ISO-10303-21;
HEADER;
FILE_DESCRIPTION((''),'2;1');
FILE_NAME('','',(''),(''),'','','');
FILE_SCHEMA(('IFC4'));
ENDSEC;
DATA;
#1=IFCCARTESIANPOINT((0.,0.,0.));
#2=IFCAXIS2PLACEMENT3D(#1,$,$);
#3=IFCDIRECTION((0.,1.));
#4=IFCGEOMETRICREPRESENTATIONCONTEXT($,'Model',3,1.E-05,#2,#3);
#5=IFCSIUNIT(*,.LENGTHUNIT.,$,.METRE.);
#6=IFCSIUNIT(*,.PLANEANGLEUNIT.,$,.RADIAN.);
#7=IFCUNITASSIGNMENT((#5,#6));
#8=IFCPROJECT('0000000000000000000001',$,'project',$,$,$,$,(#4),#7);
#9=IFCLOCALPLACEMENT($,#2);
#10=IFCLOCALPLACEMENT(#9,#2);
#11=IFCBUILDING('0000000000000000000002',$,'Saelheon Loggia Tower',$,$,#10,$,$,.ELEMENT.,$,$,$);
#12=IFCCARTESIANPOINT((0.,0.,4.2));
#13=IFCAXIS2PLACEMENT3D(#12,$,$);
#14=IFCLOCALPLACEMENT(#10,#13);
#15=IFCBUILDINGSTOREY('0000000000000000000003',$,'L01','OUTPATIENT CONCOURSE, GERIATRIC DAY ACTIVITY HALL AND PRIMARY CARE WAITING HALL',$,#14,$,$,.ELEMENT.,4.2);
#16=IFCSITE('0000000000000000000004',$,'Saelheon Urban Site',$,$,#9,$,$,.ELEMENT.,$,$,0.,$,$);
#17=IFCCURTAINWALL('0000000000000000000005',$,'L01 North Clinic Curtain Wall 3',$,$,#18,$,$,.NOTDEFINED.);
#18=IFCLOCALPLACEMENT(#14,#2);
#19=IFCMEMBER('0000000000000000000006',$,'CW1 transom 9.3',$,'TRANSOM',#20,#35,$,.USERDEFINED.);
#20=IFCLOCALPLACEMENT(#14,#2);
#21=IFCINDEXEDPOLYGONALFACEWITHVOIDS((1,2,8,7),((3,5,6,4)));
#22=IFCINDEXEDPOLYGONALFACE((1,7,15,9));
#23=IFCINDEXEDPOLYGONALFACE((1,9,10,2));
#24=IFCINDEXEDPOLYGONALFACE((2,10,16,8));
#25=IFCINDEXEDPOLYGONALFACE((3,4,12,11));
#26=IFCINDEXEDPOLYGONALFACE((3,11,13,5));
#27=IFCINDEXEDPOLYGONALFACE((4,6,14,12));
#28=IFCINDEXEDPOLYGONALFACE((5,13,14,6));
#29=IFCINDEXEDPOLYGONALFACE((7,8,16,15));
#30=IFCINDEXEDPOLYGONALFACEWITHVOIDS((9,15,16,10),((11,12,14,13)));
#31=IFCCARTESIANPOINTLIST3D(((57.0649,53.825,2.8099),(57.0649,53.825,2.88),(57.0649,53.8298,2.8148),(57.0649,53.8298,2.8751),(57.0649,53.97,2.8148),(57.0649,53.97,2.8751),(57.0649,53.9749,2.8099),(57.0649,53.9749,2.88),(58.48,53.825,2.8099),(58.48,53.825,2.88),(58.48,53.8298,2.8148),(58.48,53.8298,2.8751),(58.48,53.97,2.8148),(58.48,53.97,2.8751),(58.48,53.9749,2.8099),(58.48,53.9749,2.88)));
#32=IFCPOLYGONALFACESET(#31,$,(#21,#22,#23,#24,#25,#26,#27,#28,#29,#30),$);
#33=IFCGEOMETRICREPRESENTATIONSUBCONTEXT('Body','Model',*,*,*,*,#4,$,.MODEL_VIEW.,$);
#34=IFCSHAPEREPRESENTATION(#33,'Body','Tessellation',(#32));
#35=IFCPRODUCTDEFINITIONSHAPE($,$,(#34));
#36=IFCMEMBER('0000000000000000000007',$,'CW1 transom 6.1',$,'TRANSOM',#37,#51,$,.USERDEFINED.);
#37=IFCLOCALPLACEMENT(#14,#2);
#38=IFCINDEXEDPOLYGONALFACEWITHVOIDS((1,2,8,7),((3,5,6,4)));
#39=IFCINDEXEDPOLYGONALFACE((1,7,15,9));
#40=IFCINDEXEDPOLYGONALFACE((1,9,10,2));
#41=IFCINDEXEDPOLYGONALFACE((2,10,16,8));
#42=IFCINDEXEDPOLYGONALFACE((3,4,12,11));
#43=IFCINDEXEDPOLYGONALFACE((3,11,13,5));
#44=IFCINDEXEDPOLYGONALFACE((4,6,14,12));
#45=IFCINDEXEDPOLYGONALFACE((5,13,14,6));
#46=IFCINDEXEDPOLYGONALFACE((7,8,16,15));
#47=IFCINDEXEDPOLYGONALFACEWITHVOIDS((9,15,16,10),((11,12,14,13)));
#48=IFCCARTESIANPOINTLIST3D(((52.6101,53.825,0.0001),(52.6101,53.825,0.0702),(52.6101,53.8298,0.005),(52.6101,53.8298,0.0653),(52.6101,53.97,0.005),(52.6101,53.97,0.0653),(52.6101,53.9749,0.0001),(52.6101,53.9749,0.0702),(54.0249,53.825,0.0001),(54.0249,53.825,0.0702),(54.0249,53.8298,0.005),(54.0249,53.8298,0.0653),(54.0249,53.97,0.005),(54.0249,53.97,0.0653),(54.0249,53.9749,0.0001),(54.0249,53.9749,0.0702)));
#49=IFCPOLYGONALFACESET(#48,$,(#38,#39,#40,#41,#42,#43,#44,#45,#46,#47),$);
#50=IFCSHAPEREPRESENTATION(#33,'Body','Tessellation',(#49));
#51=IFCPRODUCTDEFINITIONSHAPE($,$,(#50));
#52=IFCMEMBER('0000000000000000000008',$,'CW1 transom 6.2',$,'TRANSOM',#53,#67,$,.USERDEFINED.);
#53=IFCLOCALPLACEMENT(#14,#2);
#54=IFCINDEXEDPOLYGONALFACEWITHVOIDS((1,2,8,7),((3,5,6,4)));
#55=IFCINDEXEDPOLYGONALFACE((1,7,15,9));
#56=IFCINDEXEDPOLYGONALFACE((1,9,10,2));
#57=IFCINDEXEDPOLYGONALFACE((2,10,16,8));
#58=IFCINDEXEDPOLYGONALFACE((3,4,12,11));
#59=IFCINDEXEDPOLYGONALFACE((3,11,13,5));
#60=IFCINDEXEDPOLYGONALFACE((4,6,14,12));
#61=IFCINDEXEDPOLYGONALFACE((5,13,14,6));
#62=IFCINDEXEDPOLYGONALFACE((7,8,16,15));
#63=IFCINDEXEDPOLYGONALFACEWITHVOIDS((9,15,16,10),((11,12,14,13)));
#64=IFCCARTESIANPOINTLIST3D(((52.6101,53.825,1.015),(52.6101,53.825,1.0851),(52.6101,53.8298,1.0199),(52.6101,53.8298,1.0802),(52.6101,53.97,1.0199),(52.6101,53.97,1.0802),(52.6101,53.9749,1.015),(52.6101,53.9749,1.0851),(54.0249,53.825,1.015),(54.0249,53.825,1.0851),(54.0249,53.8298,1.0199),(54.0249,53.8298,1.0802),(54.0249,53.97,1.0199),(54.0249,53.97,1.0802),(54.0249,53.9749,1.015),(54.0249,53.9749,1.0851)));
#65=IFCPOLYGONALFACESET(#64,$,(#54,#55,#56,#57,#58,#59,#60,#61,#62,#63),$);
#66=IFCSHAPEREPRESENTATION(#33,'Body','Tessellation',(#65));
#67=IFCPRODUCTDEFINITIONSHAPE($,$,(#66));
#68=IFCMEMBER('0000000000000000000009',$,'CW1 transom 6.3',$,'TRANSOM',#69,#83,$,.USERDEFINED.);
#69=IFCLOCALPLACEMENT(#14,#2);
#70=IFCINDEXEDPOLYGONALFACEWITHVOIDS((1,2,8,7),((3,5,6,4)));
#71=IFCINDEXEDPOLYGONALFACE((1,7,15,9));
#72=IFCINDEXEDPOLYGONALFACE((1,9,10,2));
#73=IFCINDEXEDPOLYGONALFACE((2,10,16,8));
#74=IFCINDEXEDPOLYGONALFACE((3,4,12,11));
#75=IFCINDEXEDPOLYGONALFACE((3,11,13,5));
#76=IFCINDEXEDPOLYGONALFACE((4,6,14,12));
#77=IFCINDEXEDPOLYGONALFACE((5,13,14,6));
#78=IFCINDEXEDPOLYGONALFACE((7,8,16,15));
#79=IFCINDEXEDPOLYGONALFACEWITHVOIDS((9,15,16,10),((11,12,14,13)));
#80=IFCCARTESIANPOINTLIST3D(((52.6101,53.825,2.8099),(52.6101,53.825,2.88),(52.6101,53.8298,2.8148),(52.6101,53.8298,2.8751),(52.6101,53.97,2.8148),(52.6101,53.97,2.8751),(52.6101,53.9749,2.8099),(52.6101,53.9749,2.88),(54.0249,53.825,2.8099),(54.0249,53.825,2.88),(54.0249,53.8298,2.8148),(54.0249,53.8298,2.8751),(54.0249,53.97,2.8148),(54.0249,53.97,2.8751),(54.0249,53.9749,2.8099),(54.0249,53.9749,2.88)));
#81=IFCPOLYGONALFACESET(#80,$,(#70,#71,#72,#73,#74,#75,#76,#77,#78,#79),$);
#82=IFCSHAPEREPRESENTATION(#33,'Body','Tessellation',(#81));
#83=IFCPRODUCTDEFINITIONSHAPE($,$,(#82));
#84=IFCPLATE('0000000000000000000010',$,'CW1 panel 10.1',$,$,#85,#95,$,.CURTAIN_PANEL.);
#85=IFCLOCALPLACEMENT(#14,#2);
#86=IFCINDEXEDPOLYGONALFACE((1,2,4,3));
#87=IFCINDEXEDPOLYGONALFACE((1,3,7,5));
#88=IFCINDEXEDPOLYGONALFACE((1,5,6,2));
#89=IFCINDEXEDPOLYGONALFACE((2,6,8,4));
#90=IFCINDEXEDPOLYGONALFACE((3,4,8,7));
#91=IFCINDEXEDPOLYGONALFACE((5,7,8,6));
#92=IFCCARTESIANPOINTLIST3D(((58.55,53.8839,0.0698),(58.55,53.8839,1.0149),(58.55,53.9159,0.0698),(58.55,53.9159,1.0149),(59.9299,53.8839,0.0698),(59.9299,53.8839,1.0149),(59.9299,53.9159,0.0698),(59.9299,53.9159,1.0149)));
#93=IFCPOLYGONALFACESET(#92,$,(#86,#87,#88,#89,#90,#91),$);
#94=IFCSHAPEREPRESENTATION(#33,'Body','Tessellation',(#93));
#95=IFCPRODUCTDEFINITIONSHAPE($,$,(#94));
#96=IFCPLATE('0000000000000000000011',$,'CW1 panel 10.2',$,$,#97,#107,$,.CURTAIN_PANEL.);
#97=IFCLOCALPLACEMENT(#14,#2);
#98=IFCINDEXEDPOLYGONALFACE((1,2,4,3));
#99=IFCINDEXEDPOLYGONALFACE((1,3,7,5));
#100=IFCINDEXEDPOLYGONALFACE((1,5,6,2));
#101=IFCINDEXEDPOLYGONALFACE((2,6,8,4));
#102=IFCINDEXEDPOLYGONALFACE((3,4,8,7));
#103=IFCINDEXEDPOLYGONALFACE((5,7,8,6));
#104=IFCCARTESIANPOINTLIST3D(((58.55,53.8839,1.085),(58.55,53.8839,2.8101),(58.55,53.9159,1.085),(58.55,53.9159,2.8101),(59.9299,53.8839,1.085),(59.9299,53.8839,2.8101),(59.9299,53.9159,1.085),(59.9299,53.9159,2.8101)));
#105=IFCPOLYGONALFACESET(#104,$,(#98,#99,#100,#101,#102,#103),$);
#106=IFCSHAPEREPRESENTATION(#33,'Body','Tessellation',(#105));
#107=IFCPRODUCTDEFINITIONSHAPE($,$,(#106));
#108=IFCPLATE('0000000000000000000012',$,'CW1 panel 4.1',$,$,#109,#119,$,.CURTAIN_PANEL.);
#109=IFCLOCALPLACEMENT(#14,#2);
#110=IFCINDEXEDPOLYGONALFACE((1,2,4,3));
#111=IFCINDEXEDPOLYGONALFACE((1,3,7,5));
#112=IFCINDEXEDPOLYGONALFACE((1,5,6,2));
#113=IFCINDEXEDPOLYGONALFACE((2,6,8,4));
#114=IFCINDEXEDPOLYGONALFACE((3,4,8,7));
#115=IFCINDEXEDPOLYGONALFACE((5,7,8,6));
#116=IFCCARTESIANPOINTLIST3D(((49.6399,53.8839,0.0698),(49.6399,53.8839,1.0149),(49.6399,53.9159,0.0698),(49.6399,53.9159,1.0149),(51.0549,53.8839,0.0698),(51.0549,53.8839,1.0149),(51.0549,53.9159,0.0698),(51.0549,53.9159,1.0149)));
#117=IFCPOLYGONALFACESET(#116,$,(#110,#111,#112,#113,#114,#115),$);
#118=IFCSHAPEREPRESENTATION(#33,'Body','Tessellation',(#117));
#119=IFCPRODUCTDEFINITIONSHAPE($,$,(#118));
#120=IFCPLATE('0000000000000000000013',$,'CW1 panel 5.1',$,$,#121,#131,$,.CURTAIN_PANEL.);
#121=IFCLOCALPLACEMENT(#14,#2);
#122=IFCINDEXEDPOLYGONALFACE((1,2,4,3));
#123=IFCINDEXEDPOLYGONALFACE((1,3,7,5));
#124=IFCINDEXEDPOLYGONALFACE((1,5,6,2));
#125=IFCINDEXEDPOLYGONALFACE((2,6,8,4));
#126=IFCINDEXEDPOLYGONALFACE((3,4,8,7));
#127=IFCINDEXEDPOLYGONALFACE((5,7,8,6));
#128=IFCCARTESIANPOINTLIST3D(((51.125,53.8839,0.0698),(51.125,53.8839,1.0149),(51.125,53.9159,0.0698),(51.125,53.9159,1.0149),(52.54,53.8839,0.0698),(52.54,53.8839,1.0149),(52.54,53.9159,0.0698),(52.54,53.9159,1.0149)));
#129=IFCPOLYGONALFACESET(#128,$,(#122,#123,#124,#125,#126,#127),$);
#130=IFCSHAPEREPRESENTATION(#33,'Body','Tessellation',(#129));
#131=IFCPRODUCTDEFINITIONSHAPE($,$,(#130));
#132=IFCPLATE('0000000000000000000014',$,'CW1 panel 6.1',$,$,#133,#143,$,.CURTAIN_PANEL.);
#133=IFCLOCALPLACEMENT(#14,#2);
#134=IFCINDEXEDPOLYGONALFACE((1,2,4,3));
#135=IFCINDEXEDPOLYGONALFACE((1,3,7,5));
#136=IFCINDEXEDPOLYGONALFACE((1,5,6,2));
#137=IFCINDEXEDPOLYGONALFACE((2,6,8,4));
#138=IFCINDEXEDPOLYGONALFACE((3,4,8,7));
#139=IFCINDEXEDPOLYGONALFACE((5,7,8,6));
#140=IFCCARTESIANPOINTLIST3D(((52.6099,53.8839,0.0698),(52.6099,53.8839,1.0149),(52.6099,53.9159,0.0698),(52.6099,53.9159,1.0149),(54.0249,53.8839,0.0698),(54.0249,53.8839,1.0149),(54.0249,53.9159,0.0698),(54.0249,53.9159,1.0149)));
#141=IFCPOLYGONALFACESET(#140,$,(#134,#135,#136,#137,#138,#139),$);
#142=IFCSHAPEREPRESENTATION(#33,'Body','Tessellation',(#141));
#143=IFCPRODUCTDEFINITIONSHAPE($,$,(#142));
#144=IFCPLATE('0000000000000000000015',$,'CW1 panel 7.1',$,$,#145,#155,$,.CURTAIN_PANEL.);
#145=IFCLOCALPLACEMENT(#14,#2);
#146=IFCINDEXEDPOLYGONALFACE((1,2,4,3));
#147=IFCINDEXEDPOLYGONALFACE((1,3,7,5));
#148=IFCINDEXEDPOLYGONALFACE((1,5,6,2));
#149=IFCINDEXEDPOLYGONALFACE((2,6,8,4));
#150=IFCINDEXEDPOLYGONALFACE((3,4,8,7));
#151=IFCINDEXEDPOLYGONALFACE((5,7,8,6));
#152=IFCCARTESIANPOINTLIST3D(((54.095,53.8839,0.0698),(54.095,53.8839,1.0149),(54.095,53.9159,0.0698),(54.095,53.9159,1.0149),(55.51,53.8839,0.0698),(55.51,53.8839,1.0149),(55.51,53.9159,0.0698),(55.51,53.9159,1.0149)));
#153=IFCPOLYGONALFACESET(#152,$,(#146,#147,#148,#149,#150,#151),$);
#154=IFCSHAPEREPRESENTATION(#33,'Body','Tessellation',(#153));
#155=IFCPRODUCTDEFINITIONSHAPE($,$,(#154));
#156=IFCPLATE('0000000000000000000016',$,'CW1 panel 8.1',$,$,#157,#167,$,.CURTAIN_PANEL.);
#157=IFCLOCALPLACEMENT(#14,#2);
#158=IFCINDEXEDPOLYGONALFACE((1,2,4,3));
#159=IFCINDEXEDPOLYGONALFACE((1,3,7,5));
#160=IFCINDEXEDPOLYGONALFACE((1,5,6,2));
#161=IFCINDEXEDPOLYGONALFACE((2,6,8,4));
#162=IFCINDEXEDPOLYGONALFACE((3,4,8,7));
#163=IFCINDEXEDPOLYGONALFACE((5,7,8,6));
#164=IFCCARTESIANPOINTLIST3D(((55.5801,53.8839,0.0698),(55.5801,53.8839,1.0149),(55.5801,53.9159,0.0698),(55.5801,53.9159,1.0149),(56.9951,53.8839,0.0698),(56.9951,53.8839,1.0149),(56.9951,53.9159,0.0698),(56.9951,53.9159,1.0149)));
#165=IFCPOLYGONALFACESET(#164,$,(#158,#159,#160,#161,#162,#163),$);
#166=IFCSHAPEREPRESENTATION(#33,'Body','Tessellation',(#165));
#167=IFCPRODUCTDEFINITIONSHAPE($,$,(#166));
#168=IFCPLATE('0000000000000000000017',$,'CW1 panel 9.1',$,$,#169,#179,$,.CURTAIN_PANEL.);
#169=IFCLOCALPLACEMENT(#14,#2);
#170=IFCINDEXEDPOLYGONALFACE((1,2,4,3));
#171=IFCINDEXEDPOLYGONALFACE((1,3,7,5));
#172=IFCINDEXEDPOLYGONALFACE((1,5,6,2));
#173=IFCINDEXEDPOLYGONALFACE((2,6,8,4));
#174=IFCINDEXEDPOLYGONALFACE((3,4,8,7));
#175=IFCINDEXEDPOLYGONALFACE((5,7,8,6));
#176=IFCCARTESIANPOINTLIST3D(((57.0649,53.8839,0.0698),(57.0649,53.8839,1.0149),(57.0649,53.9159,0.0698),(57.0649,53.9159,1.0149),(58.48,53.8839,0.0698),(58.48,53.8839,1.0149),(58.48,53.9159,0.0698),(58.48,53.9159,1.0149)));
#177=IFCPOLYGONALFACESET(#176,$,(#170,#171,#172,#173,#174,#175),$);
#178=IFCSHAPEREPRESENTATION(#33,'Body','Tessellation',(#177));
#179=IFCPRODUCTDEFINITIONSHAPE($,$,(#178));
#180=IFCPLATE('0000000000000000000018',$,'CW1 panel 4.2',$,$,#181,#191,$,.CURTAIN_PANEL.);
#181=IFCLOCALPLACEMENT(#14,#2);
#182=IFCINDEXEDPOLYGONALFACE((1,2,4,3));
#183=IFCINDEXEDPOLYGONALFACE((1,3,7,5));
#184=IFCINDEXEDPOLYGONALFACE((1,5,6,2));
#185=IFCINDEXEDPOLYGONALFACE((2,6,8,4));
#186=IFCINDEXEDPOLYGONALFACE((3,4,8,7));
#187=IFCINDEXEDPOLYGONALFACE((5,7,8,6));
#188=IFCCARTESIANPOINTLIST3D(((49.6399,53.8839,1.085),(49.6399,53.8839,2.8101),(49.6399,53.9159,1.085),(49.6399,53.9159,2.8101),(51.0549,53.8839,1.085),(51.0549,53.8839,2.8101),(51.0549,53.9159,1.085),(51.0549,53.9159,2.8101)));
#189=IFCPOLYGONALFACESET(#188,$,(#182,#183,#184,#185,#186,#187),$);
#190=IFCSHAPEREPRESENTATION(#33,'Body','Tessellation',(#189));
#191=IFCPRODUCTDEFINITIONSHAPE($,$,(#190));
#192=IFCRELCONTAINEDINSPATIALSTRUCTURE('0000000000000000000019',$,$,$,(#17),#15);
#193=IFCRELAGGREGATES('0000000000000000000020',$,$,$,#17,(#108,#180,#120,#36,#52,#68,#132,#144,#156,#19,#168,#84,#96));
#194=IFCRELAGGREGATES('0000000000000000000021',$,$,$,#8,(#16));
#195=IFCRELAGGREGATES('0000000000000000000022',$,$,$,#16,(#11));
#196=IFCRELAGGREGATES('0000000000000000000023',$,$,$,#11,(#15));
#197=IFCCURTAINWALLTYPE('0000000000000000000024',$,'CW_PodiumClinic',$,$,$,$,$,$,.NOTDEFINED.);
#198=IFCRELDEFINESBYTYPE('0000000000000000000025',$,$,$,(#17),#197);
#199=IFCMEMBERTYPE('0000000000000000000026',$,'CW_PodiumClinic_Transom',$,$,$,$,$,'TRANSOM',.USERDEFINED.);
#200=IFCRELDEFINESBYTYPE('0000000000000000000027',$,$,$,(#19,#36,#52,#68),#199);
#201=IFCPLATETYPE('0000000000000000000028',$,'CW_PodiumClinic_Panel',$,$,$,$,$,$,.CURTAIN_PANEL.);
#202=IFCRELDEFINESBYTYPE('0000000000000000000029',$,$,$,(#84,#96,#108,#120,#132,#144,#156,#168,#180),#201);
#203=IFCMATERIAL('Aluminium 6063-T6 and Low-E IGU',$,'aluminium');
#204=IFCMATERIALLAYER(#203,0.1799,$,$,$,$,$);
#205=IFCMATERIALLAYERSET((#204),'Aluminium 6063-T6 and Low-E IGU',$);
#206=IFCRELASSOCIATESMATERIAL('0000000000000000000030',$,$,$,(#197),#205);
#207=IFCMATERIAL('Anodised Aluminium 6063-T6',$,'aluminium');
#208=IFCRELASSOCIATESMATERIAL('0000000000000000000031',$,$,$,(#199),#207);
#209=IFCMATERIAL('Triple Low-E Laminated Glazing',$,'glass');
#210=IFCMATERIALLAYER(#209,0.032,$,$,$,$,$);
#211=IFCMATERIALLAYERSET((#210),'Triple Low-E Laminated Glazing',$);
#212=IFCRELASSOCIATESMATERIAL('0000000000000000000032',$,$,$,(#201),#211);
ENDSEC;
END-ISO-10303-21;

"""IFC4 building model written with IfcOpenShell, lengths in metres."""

from ifc_helpers import new_model, si_unit, direction, frame, origin, origin_2d, place, context, subcontext, project, spatial, rectangle, hollow_rectangle, extrude, source, transform, mapped, material, layer, layer_set, material_profile, profile_set, type_object, element, aggregate, save


model = new_model("IFC4")

# Units and contexts
model_context = context("Model", 3, precision=1e-05, world=origin(), true_north=direction((0.0, 1.0)))
body_context = subcontext(model_context, "Body", "Model", "MODEL_VIEW")
ifc_project = project(units=[si_unit("LENGTHUNIT", "METRE"), si_unit("PLANEANGLEUNIT", "RADIAN")], contexts=[model_context])

# Site, building, storey
site_placement = place(None, origin())
site = spatial("IfcSite", under=ifc_project, at=site_placement, Name="Saelheon Urban Site", CompositionType="ELEMENT", RefElevation=0.0)
building_placement = place(site_placement, origin())
building = spatial("IfcBuilding", under=site, at=building_placement, Name="Saelheon Loggia Tower", CompositionType="ELEMENT")
storey_placement = place(building_placement, frame((0.0, 0.0, 4.2)))
storey = spatial("IfcBuildingStorey", under=building, at=storey_placement, Name="L01", Description="OUTPATIENT CONCOURSE, GERIATRIC DAY ACTIVITY HALL AND PRIMARY CARE WAITING HALL", CompositionType="ELEMENT", Elevation=4.2)

# Curtain wall, members, plates
ifc_material_1 = material(Name="Aluminium 6063-T6 and Low-E IGU", Category="aluminium")
ifc_layer_1 = layer(ifc_material_1, 0.1799)
ifc_layer_set_1 = layer_set([ifc_layer_1], Name="Aluminium 6063-T6 and Low-E IGU")
curtain_wall_type = type_object("IfcCurtainWallType", Name="CW_PodiumClinic", PredefinedType="NOTDEFINED", material=ifc_layer_set_1)
curtain_wall_placement = place(storey_placement, origin())
curtain_wall = element("IfcCurtainWall", 1, at=curtain_wall_placement, inside=storey, type_object=curtain_wall_type, Name="L01 North Clinic Curtain Wall 3", PredefinedType="NOTDEFINED")
ifc_material_2 = material(Name="Anodised Aluminium 6063-T6", Category="aluminium")
ifc_material_profile_1 = material_profile(ifc_material_2, hollow_rectangle(XDim=0.0701, YDim=0.1499, WallThickness=0.0049, at=origin_2d()), Name="RHS-150x70x5")
ifc_profile_set_1 = profile_set([ifc_material_profile_1], Name="Anodised Aluminium 6063-T6")
member_type_1 = type_object("IfcMemberType", Name="CW_PodiumClinic_Transom", ElementType="TRANSOM", PredefinedType="USERDEFINED", material=ifc_profile_set_1)
shared_shape_1 = source(origin(), body_context, "Body", "SweptSolid", [
    extrude(hollow_rectangle(XDim=0.0701, YDim=0.1499, WallThickness=0.0049, at=origin_2d()), origin(), (0.0, 0.0, 1.0), 1.415),
])
member_1_placement = place(storey_placement, frame((57.0649, 53.8999, 2.845), z_axis=(1.0, 0.0, 0.0), x_axis=(0.0, 0.0, 1.0)))
member_1 = element("IfcMember", 2, at=member_1_placement, type_object=member_type_1, Name="CW1 transom 9.3", ObjectType="TRANSOM", PredefinedType="USERDEFINED", context=body_context, shape_type="MappedRepresentation", body=[
    mapped(shared_shape_1, transform((0.0, 0.0, 0.0), scale=1.0)),
])
shared_shape_2 = source(origin(), body_context, "Body", "SweptSolid", [
    extrude(hollow_rectangle(XDim=0.0701, YDim=0.1499, WallThickness=0.0049, at=origin_2d()), origin(), (0.0, 0.0, 1.0), 1.4148),
])
member_2_placement = place(storey_placement, frame((52.6101, 53.8999, 0.0352), z_axis=(1.0, 0.0, 0.0), x_axis=(0.0, 0.0, 1.0)))
member_2 = element("IfcMember", 3, at=member_2_placement, type_object=member_type_1, Name="CW1 transom 6.1", ObjectType="TRANSOM", PredefinedType="USERDEFINED", context=body_context, shape_type="MappedRepresentation", body=[
    mapped(shared_shape_2, transform((0.0, 0.0, 0.0), scale=1.0)),
])
member_3_placement = place(storey_placement, frame((52.6101, 53.8999, 1.05), z_axis=(1.0, 0.0, 0.0), x_axis=(0.0, 0.0, 1.0)))
member_3 = element("IfcMember", 4, at=member_3_placement, type_object=member_type_1, Name="CW1 transom 6.2", ObjectType="TRANSOM", PredefinedType="USERDEFINED", context=body_context, shape_type="MappedRepresentation", body=[
    mapped(shared_shape_2, transform((0.0, 0.0, 0.0), scale=1.0)),
])
member_4_placement = place(storey_placement, frame((52.6101, 53.8999, 2.845), z_axis=(1.0, 0.0, 0.0), x_axis=(0.0, 0.0, 1.0)))
member_4 = element("IfcMember", 5, at=member_4_placement, type_object=member_type_1, Name="CW1 transom 6.3", ObjectType="TRANSOM", PredefinedType="USERDEFINED", context=body_context, shape_type="MappedRepresentation", body=[
    mapped(shared_shape_2, transform((0.0, 0.0, 0.0), scale=1.0)),
])
ifc_material_3 = material(Name="Triple Low-E Laminated Glazing", Category="glass")
ifc_layer_2 = layer(ifc_material_3, 0.032)
ifc_layer_set_2 = layer_set([ifc_layer_2], Name="Triple Low-E Laminated Glazing")
plate_type = type_object("IfcPlateType", Name="CW_PodiumClinic_Panel", PredefinedType="CURTAIN_PANEL", material=ifc_layer_set_2)
shared_shape_3 = source(origin(), body_context, "Body", "SweptSolid", [
    extrude(rectangle(XDim=1.3799, YDim=0.032, at=origin_2d()), origin(), (0.0, 0.0, 1.0), 0.9451),
])
plate_1_placement = place(storey_placement, frame((59.24, 53.8999, 0.0698), z_axis=(0.0, 0.0, 1.0), x_axis=(1.0, 0.0, 0.0)))
plate_1 = element("IfcPlate", 6, at=plate_1_placement, type_object=plate_type, Name="CW1 panel 10.1", PredefinedType="CURTAIN_PANEL", context=body_context, shape_type="MappedRepresentation", body=[
    mapped(shared_shape_3, transform((0.0, 0.0, 0.0), scale=1.0)),
])
shared_shape_4 = source(origin(), body_context, "Body", "SweptSolid", [
    extrude(rectangle(XDim=1.3799, YDim=0.032, at=origin_2d()), origin(), (0.0, 0.0, 1.0), 1.7251),
])
plate_2_placement = place(storey_placement, frame((59.24, 53.8999, 1.085), z_axis=(0.0, 0.0, 1.0), x_axis=(1.0, 0.0, 0.0)))
plate_2 = element("IfcPlate", 7, at=plate_2_placement, type_object=plate_type, Name="CW1 panel 10.2", PredefinedType="CURTAIN_PANEL", context=body_context, shape_type="MappedRepresentation", body=[
    mapped(shared_shape_4, transform((0.0, 0.0, 0.0), scale=1.0)),
])
shared_shape_5 = source(origin(), body_context, "Body", "SweptSolid", [
    extrude(rectangle(XDim=1.415, YDim=0.032, at=origin_2d()), origin(), (0.0, 0.0, 1.0), 0.9451),
])
plate_3_placement = place(storey_placement, frame((50.3474, 53.8999, 0.0698), z_axis=(0.0, 0.0, 1.0), x_axis=(1.0, 0.0, 0.0)))
plate_3 = element("IfcPlate", 8, at=plate_3_placement, type_object=plate_type, Name="CW1 panel 4.1", PredefinedType="CURTAIN_PANEL", context=body_context, shape_type="MappedRepresentation", body=[
    mapped(shared_shape_5, transform((0.0, 0.0, 0.0), scale=1.0)),
])
plate_4_placement = place(storey_placement, frame((51.8325, 53.8999, 0.0698), z_axis=(0.0, 0.0, 1.0), x_axis=(1.0, 0.0, 0.0)))
plate_4 = element("IfcPlate", 9, at=plate_4_placement, type_object=plate_type, Name="CW1 panel 5.1", PredefinedType="CURTAIN_PANEL", context=body_context, shape_type="MappedRepresentation", body=[
    mapped(shared_shape_5, transform((0.0, 0.0, 0.0), scale=1.0)),
])
plate_5_placement = place(storey_placement, frame((53.3174, 53.8999, 0.0698), z_axis=(0.0, 0.0, 1.0), x_axis=(1.0, 0.0, 0.0)))
plate_5 = element("IfcPlate", 10, at=plate_5_placement, type_object=plate_type, Name="CW1 panel 6.1", PredefinedType="CURTAIN_PANEL", context=body_context, shape_type="MappedRepresentation", body=[
    mapped(shared_shape_5, transform((0.0, 0.0, 0.0), scale=1.0)),
])
plate_6_placement = place(storey_placement, frame((54.8025, 53.8999, 0.0698), z_axis=(0.0, 0.0, 1.0), x_axis=(1.0, 0.0, 0.0)))
plate_6 = element("IfcPlate", 11, at=plate_6_placement, type_object=plate_type, Name="CW1 panel 7.1", PredefinedType="CURTAIN_PANEL", context=body_context, shape_type="MappedRepresentation", body=[
    mapped(shared_shape_5, transform((0.0, 0.0, 0.0), scale=1.0)),
])
plate_7_placement = place(storey_placement, frame((56.2876, 53.8999, 0.0698), z_axis=(0.0, 0.0, 1.0), x_axis=(1.0, 0.0, 0.0)))
plate_7 = element("IfcPlate", 12, at=plate_7_placement, type_object=plate_type, Name="CW1 panel 8.1", PredefinedType="CURTAIN_PANEL", context=body_context, shape_type="MappedRepresentation", body=[
    mapped(shared_shape_5, transform((0.0, 0.0, 0.0), scale=1.0)),
])
plate_8_placement = place(storey_placement, frame((57.7725, 53.8999, 0.0698), z_axis=(0.0, 0.0, 1.0), x_axis=(1.0, 0.0, 0.0)))
plate_8 = element("IfcPlate", 13, at=plate_8_placement, type_object=plate_type, Name="CW1 panel 9.1", PredefinedType="CURTAIN_PANEL", context=body_context, shape_type="MappedRepresentation", body=[
    mapped(shared_shape_5, transform((0.0, 0.0, 0.0), scale=1.0)),
])
shared_shape_6 = source(origin(), body_context, "Body", "SweptSolid", [
    extrude(rectangle(XDim=1.415, YDim=0.032, at=origin_2d()), origin(), (0.0, 0.0, 1.0), 1.7251),
])
plate_9_placement = place(storey_placement, frame((50.3474, 53.8999, 1.085), z_axis=(0.0, 0.0, 1.0), x_axis=(1.0, 0.0, 0.0)))
plate_9 = element("IfcPlate", 14, at=plate_9_placement, type_object=plate_type, Name="CW1 panel 4.2", PredefinedType="CURTAIN_PANEL", context=body_context, shape_type="MappedRepresentation", body=[
    mapped(shared_shape_6, transform((0.0, 0.0, 0.0), scale=1.0)),
])
aggregate(curtain_wall, [plate_3, plate_9, plate_4, member_2, member_3, member_4, plate_5, plate_6, plate_7, member_1, plate_8, plate_1, plate_2])

save(model, "model.ifc")
